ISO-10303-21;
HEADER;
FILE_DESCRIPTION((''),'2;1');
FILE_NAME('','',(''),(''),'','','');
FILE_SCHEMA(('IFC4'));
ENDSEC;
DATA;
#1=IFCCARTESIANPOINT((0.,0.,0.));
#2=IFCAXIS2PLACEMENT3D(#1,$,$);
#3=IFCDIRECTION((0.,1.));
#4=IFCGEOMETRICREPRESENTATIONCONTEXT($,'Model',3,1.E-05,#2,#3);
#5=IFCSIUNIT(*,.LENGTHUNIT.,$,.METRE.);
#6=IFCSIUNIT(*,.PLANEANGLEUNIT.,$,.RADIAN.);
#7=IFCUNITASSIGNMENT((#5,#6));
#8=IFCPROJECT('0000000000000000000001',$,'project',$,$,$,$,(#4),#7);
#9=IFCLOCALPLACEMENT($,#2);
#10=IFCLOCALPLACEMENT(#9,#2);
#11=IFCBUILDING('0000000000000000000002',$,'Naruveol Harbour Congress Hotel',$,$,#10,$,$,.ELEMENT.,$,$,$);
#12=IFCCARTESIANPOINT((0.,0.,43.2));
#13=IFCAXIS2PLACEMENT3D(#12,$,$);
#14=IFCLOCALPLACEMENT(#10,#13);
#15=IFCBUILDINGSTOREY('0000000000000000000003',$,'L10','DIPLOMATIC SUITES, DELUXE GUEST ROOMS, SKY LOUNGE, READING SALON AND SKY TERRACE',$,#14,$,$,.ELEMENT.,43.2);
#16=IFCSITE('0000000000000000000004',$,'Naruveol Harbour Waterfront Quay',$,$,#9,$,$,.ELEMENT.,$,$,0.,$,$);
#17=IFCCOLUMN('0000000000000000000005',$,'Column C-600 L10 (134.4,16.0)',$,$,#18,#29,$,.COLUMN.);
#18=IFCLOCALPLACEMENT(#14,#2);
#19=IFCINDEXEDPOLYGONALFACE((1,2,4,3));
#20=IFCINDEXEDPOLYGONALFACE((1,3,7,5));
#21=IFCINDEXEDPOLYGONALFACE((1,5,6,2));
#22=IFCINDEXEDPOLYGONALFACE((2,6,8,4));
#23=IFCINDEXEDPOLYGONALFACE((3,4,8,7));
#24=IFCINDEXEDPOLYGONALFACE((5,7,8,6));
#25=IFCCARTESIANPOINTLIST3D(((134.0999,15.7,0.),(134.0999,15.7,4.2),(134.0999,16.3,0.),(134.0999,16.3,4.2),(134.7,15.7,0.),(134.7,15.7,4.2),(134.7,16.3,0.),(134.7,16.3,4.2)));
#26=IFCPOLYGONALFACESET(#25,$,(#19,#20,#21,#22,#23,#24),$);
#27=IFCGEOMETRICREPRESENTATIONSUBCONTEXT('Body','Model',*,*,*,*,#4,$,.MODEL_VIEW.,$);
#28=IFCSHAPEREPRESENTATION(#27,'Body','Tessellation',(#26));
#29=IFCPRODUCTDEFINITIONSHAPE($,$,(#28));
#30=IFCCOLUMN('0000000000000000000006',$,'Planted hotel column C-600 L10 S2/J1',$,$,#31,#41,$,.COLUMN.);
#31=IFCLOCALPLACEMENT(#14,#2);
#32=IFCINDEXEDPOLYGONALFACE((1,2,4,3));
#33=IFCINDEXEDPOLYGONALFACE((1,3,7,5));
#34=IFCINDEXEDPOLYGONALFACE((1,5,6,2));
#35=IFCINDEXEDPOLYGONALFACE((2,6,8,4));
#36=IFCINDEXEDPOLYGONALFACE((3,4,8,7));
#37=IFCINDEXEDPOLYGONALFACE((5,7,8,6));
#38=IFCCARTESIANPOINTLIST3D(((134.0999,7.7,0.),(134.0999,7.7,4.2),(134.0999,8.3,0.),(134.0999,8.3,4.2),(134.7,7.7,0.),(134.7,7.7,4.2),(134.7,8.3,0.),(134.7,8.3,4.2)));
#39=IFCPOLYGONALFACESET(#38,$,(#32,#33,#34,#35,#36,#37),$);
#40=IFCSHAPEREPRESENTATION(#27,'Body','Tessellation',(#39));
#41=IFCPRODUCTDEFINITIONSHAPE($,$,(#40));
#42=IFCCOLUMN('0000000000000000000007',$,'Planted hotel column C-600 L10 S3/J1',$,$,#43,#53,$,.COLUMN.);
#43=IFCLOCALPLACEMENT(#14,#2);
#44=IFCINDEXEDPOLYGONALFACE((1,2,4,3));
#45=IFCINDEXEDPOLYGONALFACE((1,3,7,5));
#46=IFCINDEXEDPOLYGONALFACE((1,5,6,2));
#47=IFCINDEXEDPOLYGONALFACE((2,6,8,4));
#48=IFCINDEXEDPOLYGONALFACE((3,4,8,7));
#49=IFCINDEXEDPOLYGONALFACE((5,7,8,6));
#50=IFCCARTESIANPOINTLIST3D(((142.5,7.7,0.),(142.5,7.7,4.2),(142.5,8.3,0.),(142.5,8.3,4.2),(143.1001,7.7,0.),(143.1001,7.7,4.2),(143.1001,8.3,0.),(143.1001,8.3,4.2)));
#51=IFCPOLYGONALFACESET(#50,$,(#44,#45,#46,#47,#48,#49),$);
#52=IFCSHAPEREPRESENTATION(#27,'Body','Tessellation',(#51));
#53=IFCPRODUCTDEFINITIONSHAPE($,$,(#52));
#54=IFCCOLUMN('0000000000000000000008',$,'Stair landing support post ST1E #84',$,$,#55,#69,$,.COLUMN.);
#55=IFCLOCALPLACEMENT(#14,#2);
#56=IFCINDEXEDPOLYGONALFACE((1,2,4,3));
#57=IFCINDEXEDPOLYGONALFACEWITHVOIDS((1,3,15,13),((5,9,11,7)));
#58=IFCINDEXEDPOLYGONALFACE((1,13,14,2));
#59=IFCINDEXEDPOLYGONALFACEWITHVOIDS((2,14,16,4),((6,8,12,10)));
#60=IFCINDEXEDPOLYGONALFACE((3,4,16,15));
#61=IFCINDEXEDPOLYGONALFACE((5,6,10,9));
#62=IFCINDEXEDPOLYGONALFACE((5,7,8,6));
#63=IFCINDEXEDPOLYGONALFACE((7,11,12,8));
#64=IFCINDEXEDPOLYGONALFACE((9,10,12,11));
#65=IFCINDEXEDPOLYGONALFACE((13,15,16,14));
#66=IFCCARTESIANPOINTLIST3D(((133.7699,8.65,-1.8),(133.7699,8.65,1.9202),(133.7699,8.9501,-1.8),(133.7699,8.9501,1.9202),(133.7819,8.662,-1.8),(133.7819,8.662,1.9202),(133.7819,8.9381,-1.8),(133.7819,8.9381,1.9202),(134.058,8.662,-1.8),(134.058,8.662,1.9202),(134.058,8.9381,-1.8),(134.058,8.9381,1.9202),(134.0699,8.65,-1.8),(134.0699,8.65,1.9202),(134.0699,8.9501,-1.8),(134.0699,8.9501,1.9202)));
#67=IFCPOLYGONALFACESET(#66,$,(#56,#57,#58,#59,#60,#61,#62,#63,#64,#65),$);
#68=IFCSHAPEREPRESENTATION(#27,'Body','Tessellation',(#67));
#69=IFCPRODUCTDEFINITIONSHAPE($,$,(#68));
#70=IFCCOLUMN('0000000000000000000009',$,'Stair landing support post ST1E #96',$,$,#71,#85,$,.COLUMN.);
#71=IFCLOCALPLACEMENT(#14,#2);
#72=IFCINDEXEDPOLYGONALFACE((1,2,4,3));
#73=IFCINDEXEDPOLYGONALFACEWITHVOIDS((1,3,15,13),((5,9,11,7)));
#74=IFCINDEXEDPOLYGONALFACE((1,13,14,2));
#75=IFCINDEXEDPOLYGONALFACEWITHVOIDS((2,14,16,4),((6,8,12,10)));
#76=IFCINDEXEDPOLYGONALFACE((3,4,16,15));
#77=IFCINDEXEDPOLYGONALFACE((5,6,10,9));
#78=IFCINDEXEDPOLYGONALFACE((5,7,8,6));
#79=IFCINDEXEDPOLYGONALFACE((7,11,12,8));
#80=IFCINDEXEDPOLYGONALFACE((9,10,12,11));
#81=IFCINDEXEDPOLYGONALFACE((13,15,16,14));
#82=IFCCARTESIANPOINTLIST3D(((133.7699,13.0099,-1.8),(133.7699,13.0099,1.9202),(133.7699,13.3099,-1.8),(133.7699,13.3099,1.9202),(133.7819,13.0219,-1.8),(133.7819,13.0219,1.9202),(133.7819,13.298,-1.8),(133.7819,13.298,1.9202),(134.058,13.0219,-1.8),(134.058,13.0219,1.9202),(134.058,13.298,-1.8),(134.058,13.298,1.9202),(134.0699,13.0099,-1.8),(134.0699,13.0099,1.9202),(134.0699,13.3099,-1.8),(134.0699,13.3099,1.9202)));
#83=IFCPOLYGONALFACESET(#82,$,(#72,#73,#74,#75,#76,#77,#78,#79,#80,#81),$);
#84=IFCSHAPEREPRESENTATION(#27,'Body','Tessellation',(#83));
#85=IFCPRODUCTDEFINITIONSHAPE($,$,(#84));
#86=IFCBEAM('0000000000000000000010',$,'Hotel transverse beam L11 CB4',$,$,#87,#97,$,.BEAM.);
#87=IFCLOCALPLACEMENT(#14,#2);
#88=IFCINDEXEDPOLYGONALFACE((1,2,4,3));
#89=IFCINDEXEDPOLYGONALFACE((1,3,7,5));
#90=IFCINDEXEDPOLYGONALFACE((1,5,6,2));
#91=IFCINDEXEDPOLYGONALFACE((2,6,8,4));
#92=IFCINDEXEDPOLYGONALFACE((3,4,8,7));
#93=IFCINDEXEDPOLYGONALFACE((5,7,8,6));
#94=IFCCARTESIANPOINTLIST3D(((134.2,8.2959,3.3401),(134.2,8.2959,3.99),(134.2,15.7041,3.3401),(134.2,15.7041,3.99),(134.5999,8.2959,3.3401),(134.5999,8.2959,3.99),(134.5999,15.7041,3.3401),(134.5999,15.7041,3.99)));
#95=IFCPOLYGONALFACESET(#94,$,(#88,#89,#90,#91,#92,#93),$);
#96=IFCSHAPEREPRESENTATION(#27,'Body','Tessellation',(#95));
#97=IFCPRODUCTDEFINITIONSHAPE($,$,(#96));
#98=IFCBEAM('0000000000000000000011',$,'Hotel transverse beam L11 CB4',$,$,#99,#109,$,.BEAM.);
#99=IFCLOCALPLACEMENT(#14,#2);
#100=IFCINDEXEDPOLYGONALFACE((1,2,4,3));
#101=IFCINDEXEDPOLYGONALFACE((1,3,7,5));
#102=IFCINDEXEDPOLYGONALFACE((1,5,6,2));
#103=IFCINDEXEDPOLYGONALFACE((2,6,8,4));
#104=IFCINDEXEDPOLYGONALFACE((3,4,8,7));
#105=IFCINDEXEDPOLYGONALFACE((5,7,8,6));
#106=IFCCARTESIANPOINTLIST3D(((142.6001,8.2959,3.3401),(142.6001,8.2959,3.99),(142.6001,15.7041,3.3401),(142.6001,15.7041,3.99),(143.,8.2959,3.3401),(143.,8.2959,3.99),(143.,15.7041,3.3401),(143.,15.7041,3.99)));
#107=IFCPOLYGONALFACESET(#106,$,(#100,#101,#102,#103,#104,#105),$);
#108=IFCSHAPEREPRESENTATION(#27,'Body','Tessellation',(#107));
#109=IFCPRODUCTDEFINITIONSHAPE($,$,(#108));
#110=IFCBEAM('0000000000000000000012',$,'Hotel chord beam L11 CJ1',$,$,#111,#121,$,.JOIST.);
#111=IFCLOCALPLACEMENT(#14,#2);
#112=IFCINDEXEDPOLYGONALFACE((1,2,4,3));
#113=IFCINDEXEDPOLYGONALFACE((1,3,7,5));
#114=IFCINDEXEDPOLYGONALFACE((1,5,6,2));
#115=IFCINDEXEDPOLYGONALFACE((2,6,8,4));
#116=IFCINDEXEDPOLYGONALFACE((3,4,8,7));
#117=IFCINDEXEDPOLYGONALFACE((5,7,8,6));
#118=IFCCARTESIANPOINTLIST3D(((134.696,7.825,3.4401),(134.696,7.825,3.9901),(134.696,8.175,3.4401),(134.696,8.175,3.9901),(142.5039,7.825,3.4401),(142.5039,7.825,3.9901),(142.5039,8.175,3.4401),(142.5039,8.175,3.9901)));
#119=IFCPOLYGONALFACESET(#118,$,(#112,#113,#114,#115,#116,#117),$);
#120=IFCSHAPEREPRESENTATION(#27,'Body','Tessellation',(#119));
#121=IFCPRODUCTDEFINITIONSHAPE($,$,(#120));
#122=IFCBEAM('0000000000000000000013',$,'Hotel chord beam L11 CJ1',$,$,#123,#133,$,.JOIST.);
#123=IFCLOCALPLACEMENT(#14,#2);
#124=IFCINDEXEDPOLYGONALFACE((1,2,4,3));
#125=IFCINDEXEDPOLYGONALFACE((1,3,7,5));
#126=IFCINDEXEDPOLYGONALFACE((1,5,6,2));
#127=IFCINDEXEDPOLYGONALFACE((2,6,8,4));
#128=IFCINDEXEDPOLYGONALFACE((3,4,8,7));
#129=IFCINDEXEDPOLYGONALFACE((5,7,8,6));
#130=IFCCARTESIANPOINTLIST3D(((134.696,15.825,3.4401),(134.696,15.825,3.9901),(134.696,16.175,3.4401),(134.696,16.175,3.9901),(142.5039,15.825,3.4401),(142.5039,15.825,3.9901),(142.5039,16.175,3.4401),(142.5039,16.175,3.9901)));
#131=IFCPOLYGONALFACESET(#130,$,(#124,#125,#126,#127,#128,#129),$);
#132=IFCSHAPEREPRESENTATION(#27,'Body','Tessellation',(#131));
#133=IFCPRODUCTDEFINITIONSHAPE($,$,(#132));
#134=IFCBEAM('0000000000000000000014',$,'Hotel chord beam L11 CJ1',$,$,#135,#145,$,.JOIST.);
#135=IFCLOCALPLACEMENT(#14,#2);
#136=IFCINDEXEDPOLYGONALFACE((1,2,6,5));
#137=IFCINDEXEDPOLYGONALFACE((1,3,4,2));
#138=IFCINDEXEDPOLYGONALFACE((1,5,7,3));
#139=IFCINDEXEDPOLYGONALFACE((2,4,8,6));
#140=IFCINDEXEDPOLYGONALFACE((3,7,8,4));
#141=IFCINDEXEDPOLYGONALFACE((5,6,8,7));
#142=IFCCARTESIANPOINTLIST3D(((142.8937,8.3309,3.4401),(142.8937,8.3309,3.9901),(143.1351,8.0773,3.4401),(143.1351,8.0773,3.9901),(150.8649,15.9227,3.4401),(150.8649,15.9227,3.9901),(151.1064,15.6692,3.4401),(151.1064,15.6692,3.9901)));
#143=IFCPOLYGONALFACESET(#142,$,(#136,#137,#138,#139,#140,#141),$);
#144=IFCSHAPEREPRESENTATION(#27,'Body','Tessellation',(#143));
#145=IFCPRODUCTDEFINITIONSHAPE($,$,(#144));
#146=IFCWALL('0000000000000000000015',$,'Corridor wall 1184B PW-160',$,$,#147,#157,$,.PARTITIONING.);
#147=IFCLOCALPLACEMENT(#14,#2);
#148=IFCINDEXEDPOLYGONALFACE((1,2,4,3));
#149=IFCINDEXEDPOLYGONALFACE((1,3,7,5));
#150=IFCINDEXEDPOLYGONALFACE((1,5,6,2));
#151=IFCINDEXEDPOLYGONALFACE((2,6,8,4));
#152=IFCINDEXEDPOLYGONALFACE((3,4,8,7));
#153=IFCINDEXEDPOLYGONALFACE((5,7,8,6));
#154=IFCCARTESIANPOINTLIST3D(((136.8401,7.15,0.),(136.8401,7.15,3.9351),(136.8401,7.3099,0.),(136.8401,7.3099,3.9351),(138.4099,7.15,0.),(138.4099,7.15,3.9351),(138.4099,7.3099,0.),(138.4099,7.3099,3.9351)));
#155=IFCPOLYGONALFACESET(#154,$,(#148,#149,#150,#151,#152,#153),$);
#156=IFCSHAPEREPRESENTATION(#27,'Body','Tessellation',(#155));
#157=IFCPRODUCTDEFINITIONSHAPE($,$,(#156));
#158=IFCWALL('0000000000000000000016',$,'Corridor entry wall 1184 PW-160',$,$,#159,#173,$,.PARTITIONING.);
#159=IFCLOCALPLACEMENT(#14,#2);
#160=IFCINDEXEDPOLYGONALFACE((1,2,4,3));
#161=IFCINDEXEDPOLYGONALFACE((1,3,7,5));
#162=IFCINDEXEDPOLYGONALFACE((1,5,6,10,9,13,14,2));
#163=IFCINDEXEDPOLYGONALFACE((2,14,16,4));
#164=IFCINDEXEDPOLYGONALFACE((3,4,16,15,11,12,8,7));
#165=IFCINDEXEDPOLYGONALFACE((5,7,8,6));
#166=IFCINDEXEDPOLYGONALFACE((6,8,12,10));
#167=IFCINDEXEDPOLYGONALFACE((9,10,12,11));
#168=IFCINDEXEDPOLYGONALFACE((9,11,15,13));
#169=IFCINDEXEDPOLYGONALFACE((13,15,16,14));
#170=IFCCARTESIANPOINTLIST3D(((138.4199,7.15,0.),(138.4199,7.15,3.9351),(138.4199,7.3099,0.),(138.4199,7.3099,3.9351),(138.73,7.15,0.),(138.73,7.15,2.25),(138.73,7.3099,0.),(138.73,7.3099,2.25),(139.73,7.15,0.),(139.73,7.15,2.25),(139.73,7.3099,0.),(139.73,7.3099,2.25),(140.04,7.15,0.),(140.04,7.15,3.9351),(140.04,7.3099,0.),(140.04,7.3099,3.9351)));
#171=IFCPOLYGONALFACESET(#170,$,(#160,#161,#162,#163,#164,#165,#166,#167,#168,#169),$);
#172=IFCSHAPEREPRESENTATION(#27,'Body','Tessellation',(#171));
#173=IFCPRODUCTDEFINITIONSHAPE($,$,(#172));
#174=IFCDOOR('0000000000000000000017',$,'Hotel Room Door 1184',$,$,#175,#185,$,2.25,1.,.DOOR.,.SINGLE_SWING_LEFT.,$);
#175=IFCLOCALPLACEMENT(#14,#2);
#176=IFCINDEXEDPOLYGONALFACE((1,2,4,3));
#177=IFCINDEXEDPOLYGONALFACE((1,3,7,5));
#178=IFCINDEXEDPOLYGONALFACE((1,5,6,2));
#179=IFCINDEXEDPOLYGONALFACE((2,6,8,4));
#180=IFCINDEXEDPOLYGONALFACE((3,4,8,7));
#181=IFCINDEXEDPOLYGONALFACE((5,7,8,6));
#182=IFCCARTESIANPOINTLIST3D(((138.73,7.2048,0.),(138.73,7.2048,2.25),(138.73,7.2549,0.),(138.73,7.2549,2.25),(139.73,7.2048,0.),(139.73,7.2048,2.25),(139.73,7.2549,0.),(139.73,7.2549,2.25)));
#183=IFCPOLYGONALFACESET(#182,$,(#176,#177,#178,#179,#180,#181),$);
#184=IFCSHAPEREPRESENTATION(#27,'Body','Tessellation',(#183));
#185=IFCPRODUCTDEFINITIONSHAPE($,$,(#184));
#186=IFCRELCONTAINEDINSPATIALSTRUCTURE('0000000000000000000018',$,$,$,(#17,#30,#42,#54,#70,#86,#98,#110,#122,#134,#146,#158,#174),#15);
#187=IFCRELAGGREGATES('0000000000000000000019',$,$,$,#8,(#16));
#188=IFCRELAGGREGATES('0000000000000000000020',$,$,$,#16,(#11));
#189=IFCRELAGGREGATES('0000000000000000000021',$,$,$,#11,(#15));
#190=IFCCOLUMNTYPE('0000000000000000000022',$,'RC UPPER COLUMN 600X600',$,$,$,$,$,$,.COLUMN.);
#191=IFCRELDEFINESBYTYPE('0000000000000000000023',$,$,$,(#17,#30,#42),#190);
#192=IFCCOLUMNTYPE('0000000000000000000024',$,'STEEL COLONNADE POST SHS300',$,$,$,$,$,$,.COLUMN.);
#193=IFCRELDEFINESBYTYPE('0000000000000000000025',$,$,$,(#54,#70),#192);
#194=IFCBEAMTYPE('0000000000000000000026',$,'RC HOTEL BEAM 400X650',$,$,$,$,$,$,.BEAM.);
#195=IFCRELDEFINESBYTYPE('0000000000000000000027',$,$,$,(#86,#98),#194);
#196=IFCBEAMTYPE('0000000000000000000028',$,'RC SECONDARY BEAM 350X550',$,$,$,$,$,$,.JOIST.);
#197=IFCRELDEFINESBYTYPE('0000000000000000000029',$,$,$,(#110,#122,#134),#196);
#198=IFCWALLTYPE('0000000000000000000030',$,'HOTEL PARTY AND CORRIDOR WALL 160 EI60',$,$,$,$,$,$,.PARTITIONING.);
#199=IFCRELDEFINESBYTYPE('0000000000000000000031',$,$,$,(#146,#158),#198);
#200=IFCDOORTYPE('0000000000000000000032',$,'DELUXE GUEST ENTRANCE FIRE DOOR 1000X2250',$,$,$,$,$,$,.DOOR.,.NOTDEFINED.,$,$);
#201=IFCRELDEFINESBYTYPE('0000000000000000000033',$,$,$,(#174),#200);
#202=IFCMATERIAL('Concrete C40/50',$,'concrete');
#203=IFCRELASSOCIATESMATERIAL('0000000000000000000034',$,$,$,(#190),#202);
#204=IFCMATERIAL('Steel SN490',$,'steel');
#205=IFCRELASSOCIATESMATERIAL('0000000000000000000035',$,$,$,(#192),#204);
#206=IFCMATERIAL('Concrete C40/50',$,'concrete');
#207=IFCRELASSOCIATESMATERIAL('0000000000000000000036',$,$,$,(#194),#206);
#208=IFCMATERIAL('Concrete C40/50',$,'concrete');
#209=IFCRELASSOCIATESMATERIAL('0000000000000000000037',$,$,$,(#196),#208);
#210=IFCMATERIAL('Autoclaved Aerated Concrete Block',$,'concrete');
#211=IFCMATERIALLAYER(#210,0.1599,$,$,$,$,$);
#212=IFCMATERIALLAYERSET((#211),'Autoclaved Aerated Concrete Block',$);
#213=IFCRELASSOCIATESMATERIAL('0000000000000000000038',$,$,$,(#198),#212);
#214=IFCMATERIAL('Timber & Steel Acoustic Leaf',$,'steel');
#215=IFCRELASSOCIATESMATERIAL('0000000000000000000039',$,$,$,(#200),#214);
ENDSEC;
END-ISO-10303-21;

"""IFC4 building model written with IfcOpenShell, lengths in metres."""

from ifc_helpers import new_model, si_unit, direction, frame, frame_2d, origin, origin_2d, place, context, subcontext, project, spatial, rectangle, hollow_rectangle, extrude, material, layer, layer_set, material_profile, profile_set, type_object, element, fill, save


model = new_model("IFC4")

# Units and contexts
model_context = context("Model", 3, precision=1e-05, world=origin(), true_north=direction((0.0, 1.0)))
body_context = subcontext(model_context, "Body", "Model", "MODEL_VIEW")
ifc_project = project(units=[si_unit("LENGTHUNIT", "METRE"), si_unit("PLANEANGLEUNIT", "RADIAN")], contexts=[model_context])

# Site, building, storey
site_placement = place(None, origin())
site = spatial("IfcSite", under=ifc_project, at=site_placement, Name="Naruveol Harbour Waterfront Quay", CompositionType="ELEMENT", RefElevation=0.0)
building_placement = place(site_placement, origin())
building = spatial("IfcBuilding", under=site, at=building_placement, Name="Naruveol Harbour Congress Hotel", CompositionType="ELEMENT")
storey_placement = place(building_placement, frame((0.0, 0.0, 43.2)))
storey = spatial("IfcBuildingStorey", under=building, at=storey_placement, Name="L10", Description="DIPLOMATIC SUITES, DELUXE GUEST ROOMS, SKY LOUNGE, READING SALON AND SKY TERRACE", CompositionType="ELEMENT", Elevation=43.2)

# Columns
ifc_material_1 = material(Name="Concrete C40/50", Category="concrete")
ifc_material_profile_1 = material_profile(ifc_material_1, rectangle(XDim=0.6001, YDim=0.6001, at=origin_2d()), Name="RC-600x600")
ifc_profile_set_1 = profile_set([ifc_material_profile_1], Name="Concrete C40/50")
column_type_1 = type_object("IfcColumnType", Name="RC UPPER COLUMN 600X600", PredefinedType="COLUMN", material=ifc_profile_set_1)
for number, where, z_axis, x_axis, name in (
    (1, (134.3999, 16.0, 0.0), (0.0, 0.0, 1.0), (1.0, 0.0, 0.0), "Column C-600 L10 (134.4,16.0)"),
    (2, (134.3999, 8.0, 0.0), (0.0, 0.0, 1.0), (1.0, 0.0, 0.0), "Planted hotel column C-600 L10 S2/J1"),
    (3, (142.8, 8.0, 0.0), (0.0, 0.0, 1.0), (1.0, 0.0, 0.0), "Planted hotel column C-600 L10 S3/J1"),
):
    element("IfcColumn", number, at=place(storey_placement, frame(where, z_axis=z_axis, x_axis=x_axis)), inside=storey, type_object=column_type_1, Name=name, PredefinedType="COLUMN", context=body_context, shape_type="SweptSolid", body=[
        extrude(rectangle(XDim=0.6001, YDim=0.6001, at=origin_2d()), origin(), (0.0, 0.0, 1.0), 4.2),
    ])
ifc_material_2 = material(Name="Steel SN490", Category="steel")
ifc_material_profile_2 = material_profile(ifc_material_2, hollow_rectangle(XDim=0.3, YDim=0.3, WallThickness=0.012, at=origin_2d()), Name="SHS-300x300x12")
ifc_profile_set_2 = profile_set([ifc_material_profile_2], Name="Steel SN490")
column_type_2 = type_object("IfcColumnType", Name="STEEL COLONNADE POST SHS300", PredefinedType="COLUMN", material=ifc_profile_set_2)
for number, where, z_axis, x_axis, name in (
    (4, (133.9199, 8.8, -1.8), (0.0, 0.0, 1.0), (1.0, 0.0, 0.0), "Stair landing support post ST1E #84"),
    (5, (133.9199, 13.1599, -1.8), (0.0, 0.0, 1.0), (1.0, 0.0, 0.0), "Stair landing support post ST1E #96"),
):
    element("IfcColumn", number, at=place(storey_placement, frame(where, z_axis=z_axis, x_axis=x_axis)), inside=storey, type_object=column_type_2, Name=name, PredefinedType="COLUMN", context=body_context, shape_type="SweptSolid", body=[
        extrude(hollow_rectangle(XDim=0.3, YDim=0.3, WallThickness=0.012, at=origin_2d()), origin(), (0.0, 0.0, 1.0), 3.7202),
    ])

# Beams
ifc_material_3 = material(Name="Concrete C40/50", Category="concrete")
ifc_material_profile_3 = material_profile(ifc_material_3, rectangle(XDim=0.3999, YDim=0.6499, at=origin_2d()), Name="RCB-400x650")
ifc_profile_set_3 = profile_set([ifc_material_profile_3], Name="Concrete C40/50")
beam_type_1 = type_object("IfcBeamType", Name="RC HOTEL BEAM 400X650", PredefinedType="BEAM", material=ifc_profile_set_3)
for number, where, z_axis, x_axis, name in (
    (6, (134.3999, 8.2959, 3.665), (0.0, 1.0, 0.0), (-1.0, 0.0, 0.0), "Hotel transverse beam L11 CB4"),
    (7, (142.8, 8.2959, 3.665), (0.0, 1.0, 0.0), (-1.0, 0.0, 0.0), "Hotel transverse beam L11 CB4"),
):
    element("IfcBeam", number, at=place(storey_placement, frame(where, z_axis=z_axis, x_axis=x_axis)), inside=storey, type_object=beam_type_1, Name=name, PredefinedType="BEAM", context=body_context, shape_type="SweptSolid", body=[
        extrude(rectangle(XDim=0.3999, YDim=0.6499, at=origin_2d()), origin(), (0.0, 0.0, 1.0), 7.4082),
    ])
ifc_material_4 = material(Name="Concrete C40/50", Category="concrete")
ifc_material_profile_4 = material_profile(ifc_material_4, rectangle(XDim=0.3501, YDim=0.55, at=origin_2d()), Name="RCB-350x550")
ifc_profile_set_4 = profile_set([ifc_material_profile_4], Name="Concrete C40/50")
beam_type_2 = type_object("IfcBeamType", Name="RC SECONDARY BEAM 350X550", PredefinedType="JOIST", material=ifc_profile_set_4)
for number, where, z_axis, x_axis, name in (
    (8, (134.696, 8.0, 3.7151), (1.0, 0.0, 0.0), (0.0, 1.0, 0.0), "Hotel chord beam L11 CJ1"),
    (9, (134.696, 16.0, 3.7151), (1.0, 0.0, 0.0), (0.0, 1.0, 0.0), "Hotel chord beam L11 CJ1"),
):
    element("IfcBeam", number, at=place(storey_placement, frame(where, z_axis=z_axis, x_axis=x_axis)), inside=storey, type_object=beam_type_2, Name=name, PredefinedType="JOIST", context=body_context, shape_type="SweptSolid", body=[
        extrude(rectangle(XDim=0.3501, YDim=0.55, at=origin_2d()), origin(), (0.0, 0.0, 1.0), 7.8079),
    ])
beam_placement = place(storey_placement, frame((143.0144, 8.2041, 3.7151), z_axis=(0.724129, 0.689664, 0.0), x_axis=(-0.689664, 0.724129, 0.0)))
element("IfcBeam", 10, at=beam_placement, inside=storey, type_object=beam_type_2, Name="Hotel chord beam L11 CJ1", PredefinedType="JOIST", context=body_context, shape_type="SweptSolid", body=[
    extrude(rectangle(XDim=0.3501, YDim=0.55, at=origin_2d()), origin(), (0.0, 0.0, 1.0), 11.0081),
])

# Wall
ifc_material_5 = material(Name="Autoclaved Aerated Concrete Block", Category="concrete")
ifc_layer_1 = layer(ifc_material_5, 0.1599)
ifc_layer_set_1 = layer_set([ifc_layer_1], Name="Autoclaved Aerated Concrete Block")
wall_type_1 = type_object("IfcWallType", Name="HOTEL PARTY AND CORRIDOR WALL 160 EI60", PredefinedType="PARTITIONING", material=ifc_layer_set_1)
wall_1_placement = place(storey_placement, frame((136.8401, 7.23, 0.0), z_axis=(0.0, 0.0, 1.0), x_axis=(1.0, 0.0, 0.0)))
element("IfcWall", 11, at=wall_1_placement, inside=storey, type_object=wall_type_1, Name="Corridor wall 1184B PW-160", PredefinedType="PARTITIONING", context=body_context, shape_type="SweptSolid", body=[
    extrude(rectangle(XDim=1.5698, YDim=0.1599, at=frame_2d((0.7849, 0.0))), origin(), (0.0, 0.0, 1.0), 3.9351),
])

# Wall, opening, door
wall_2_placement = place(storey_placement, frame((138.4199, 7.23, 0.0), z_axis=(0.0, 0.0, 1.0), x_axis=(1.0, 0.0, 0.0)))
wall_2 = element("IfcWall", 12, at=wall_2_placement, inside=storey, type_object=wall_type_1, Name="Corridor entry wall 1184 PW-160", PredefinedType="PARTITIONING", context=body_context, shape_type="SweptSolid", body=[
    extrude(rectangle(XDim=1.6201, YDim=0.1599, at=frame_2d((0.8101, 0.0))), origin(), (0.0, 0.0, 1.0), 3.9351),
])
opening_1_placement = place(wall_2_placement, frame((0.3101, 0.0, 0.0)))
opening_1 = element("IfcOpeningElement", 13, at=opening_1_placement, cuts=wall_2, PredefinedType="OPENING", context=body_context, shape_type="SweptSolid", body=[
    extrude(rectangle(XDim=1.0, YDim=2.25, at=frame_2d((0.5, 1.125))), frame((0.0, 0.0898, 0.0), z_axis=(0.0, -1.0, 0.0), x_axis=(1.0, 0.0, 0.0)), (0.0, 0.0, 1.0), 0.1799),
])
ifc_material_6 = material(Name="Timber & Steel Acoustic Leaf", Category="steel")
door_type_1 = type_object("IfcDoorType", Name="DELUXE GUEST ENTRANCE FIRE DOOR 1000X2250", OperationType="NOTDEFINED", PredefinedType="DOOR", material=ifc_material_6)
door_1_placement = place(opening_1_placement, origin())
door_1 = element("IfcDoor", 14, at=door_1_placement, inside=storey, type_object=door_type_1, Name="Hotel Room Door 1184", OperationType="SINGLE_SWING_LEFT", OverallHeight=2.25, OverallWidth=1.0, PredefinedType="DOOR", context=body_context, shape_type="SweptSolid", body=[
    extrude(rectangle(XDim=1.0, YDim=2.25, at=frame_2d((0.5, 1.125))), frame((0.0, 0.0249, 0.0), z_axis=(0.0, -1.0, 0.0), x_axis=(1.0, 0.0, 0.0)), (0.0, 0.0, 1.0), 0.05),
])
fill(opening_1, door_1)

save(model, "model.ifc")
